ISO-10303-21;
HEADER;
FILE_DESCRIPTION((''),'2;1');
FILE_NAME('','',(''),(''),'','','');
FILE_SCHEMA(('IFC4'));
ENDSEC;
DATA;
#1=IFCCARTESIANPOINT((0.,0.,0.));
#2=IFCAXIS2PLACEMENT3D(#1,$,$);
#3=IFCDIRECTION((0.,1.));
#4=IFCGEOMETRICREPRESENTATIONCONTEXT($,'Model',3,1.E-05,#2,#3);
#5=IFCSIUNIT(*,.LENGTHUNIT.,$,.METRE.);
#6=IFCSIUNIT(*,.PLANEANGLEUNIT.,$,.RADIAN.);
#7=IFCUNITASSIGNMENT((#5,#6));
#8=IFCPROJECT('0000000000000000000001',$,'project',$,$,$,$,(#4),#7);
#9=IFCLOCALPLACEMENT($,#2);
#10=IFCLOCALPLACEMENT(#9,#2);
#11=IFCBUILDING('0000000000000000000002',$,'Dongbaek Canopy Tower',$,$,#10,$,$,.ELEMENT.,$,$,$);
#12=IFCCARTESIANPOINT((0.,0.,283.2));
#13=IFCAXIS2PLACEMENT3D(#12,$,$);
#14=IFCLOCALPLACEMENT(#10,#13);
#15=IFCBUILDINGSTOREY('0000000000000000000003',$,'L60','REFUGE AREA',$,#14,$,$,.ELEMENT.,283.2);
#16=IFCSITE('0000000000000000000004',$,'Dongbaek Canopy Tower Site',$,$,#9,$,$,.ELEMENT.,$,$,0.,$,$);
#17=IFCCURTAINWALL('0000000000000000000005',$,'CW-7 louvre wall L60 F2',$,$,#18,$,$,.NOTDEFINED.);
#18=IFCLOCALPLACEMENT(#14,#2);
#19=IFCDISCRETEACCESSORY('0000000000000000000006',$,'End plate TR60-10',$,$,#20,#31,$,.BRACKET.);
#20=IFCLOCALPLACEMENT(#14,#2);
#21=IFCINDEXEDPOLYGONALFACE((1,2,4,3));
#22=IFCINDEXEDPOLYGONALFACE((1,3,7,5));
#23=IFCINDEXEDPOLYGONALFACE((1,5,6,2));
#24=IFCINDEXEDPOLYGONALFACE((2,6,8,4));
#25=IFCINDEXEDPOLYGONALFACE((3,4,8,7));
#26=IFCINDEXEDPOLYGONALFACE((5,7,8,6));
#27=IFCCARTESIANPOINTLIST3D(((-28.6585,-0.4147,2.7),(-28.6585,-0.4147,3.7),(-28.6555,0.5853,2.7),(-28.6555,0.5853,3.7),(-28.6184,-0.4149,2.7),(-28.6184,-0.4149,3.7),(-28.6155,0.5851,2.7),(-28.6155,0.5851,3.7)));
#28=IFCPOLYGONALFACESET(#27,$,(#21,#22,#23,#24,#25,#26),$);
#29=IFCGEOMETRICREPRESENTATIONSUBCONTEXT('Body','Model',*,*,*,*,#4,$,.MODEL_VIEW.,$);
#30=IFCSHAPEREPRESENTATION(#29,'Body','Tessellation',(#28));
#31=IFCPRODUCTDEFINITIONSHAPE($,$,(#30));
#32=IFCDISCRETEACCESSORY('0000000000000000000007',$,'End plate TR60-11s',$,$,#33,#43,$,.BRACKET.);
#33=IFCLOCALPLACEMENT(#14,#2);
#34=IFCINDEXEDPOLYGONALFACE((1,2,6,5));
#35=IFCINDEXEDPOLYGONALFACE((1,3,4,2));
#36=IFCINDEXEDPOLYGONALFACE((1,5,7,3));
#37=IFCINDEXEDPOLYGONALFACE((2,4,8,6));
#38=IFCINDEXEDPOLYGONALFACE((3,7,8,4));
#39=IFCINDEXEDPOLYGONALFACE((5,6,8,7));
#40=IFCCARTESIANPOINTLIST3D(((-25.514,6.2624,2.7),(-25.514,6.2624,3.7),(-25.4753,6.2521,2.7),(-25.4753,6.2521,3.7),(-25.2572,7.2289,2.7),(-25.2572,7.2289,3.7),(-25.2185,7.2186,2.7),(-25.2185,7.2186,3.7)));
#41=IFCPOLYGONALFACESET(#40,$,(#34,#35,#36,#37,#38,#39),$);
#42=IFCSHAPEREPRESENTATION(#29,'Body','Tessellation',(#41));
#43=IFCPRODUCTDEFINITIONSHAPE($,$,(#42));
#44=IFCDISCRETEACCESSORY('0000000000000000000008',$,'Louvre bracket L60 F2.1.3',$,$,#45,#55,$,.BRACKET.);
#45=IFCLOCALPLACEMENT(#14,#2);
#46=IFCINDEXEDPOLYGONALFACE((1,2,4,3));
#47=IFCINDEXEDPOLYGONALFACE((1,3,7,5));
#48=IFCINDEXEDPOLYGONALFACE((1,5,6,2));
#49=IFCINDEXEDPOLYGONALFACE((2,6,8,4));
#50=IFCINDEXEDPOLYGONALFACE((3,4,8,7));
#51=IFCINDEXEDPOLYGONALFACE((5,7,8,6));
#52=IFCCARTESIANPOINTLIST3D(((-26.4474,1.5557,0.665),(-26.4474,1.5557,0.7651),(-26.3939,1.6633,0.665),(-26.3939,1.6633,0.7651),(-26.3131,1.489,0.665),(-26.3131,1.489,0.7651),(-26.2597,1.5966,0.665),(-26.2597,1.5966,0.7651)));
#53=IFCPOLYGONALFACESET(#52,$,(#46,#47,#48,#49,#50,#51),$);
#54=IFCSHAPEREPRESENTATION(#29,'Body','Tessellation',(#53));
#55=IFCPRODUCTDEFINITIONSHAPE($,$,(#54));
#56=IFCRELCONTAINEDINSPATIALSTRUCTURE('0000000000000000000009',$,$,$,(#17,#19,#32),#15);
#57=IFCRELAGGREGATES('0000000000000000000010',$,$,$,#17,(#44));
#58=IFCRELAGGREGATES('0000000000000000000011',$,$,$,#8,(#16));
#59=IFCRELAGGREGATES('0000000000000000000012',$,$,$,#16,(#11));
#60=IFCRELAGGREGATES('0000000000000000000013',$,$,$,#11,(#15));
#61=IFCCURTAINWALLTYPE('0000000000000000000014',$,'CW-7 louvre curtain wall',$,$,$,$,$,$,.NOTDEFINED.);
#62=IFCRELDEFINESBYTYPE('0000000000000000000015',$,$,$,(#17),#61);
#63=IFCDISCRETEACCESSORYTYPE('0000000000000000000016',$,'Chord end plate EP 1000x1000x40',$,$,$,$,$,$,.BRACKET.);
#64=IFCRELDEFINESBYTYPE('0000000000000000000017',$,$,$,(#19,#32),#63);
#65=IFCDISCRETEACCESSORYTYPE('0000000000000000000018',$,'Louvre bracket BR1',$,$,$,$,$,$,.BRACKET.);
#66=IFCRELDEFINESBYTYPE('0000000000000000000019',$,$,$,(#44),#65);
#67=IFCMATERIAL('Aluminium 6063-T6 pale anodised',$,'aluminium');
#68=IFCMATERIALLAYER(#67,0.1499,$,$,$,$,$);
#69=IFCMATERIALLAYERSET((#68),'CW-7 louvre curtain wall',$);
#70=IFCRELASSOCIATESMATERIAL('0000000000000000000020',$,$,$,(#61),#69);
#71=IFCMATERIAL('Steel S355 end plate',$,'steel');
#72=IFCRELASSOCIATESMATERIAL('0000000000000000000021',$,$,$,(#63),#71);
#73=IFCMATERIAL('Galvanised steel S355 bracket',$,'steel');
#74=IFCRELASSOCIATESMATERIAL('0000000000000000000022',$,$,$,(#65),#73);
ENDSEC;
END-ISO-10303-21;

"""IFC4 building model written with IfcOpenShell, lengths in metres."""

from ifc_helpers import new_model, si_unit, direction, frame, origin, origin_2d, place, context, subcontext, project, spatial, rectangle, extrude, material, layer, layer_set, type_object, element, aggregate, save


model = new_model("IFC4")

# Units and contexts
model_context = context("Model", 3, precision=1e-05, world=origin(), true_north=direction((0.0, 1.0)))
body_context = subcontext(model_context, "Body", "Model", "MODEL_VIEW")
ifc_project = project(units=[si_unit("LENGTHUNIT", "METRE"), si_unit("PLANEANGLEUNIT", "RADIAN")], contexts=[model_context])

# Site, building, storey
site_placement = place(None, origin())
site = spatial("IfcSite", under=ifc_project, at=site_placement, Name="Dongbaek Canopy Tower Site", CompositionType="ELEMENT", RefElevation=0.0)
building_placement = place(site_placement, origin())
building = spatial("IfcBuilding", under=site, at=building_placement, Name="Dongbaek Canopy Tower", CompositionType="ELEMENT")
storey_placement = place(building_placement, frame((0.0, 0.0, 283.2)))
storey = spatial("IfcBuildingStorey", under=building, at=storey_placement, Name="L60", Description="REFUGE AREA", CompositionType="ELEMENT", Elevation=283.2)

# Curtain wall
ifc_material_1 = material(Name="Aluminium 6063-T6 pale anodised", Category="aluminium")
ifc_layer_1 = layer(ifc_material_1, 0.1499)
ifc_layer_set_1 = layer_set([ifc_layer_1], Name="CW-7 louvre curtain wall")
curtain_wall_type = type_object("IfcCurtainWallType", Name="CW-7 louvre curtain wall", PredefinedType="NOTDEFINED", material=ifc_layer_set_1)
curtain_wall_placement = place(storey_placement, origin())
curtain_wall = element("IfcCurtainWall", 1, at=curtain_wall_placement, inside=storey, type_object=curtain_wall_type, Name="CW-7 louvre wall L60 F2", PredefinedType="NOTDEFINED")

# Discrete accessories
ifc_material_2 = material(Name="Steel S355 end plate", Category="steel")
discrete_accessory_type_1 = type_object("IfcDiscreteAccessoryType", Name="Chord end plate EP 1000x1000x40", PredefinedType="BRACKET", material=ifc_material_2)
for number, where, z_axis, x_axis, name in (
    (2, (-28.637, 0.0852, 2.7), (0.0, 0.0, 1.0), (0.999996, -0.002976, 0.0), "End plate TR60-10"),
    (3, (-25.3662, 6.7405, 2.7), (0.0, 0.0, 1.0), (0.966461, -0.256814, 0.0), "End plate TR60-11s"),
):
    element("IfcDiscreteAccessory", number, at=place(storey_placement, frame(where, z_axis=z_axis, x_axis=x_axis)), inside=storey, type_object=discrete_accessory_type_1, Name=name, PredefinedType="BRACKET", context=body_context, shape_type="SweptSolid", body=[
        extrude(rectangle(XDim=0.04, YDim=1.0, at=origin_2d()), origin(), (0.0, 0.0, 1.0), 1.0),
    ])

# Discrete accessory
ifc_material_3 = material(Name="Galvanised steel S355 bracket", Category="steel")
discrete_accessory_type_2 = type_object("IfcDiscreteAccessoryType", Name="Louvre bracket BR1", PredefinedType="BRACKET", material=ifc_material_3)
discrete_accessory_placement = place(storey_placement, frame((-26.3535, 1.5762, 0.665), z_axis=(0.0, 0.0, 1.0), x_axis=(-0.444962, -0.895549, 0.0)))
discrete_accessory = element("IfcDiscreteAccessory", 4, at=discrete_accessory_placement, type_object=discrete_accessory_type_2, Name="Louvre bracket L60 F2.1.3", PredefinedType="BRACKET", context=body_context, shape_type="SweptSolid", body=[
    extrude(rectangle(XDim=0.1201, YDim=0.1499, at=origin_2d()), origin(), (0.0, 0.0, 1.0), 0.1001),
])
aggregate(curtain_wall, [discrete_accessory])

save(model, "model.ifc")
